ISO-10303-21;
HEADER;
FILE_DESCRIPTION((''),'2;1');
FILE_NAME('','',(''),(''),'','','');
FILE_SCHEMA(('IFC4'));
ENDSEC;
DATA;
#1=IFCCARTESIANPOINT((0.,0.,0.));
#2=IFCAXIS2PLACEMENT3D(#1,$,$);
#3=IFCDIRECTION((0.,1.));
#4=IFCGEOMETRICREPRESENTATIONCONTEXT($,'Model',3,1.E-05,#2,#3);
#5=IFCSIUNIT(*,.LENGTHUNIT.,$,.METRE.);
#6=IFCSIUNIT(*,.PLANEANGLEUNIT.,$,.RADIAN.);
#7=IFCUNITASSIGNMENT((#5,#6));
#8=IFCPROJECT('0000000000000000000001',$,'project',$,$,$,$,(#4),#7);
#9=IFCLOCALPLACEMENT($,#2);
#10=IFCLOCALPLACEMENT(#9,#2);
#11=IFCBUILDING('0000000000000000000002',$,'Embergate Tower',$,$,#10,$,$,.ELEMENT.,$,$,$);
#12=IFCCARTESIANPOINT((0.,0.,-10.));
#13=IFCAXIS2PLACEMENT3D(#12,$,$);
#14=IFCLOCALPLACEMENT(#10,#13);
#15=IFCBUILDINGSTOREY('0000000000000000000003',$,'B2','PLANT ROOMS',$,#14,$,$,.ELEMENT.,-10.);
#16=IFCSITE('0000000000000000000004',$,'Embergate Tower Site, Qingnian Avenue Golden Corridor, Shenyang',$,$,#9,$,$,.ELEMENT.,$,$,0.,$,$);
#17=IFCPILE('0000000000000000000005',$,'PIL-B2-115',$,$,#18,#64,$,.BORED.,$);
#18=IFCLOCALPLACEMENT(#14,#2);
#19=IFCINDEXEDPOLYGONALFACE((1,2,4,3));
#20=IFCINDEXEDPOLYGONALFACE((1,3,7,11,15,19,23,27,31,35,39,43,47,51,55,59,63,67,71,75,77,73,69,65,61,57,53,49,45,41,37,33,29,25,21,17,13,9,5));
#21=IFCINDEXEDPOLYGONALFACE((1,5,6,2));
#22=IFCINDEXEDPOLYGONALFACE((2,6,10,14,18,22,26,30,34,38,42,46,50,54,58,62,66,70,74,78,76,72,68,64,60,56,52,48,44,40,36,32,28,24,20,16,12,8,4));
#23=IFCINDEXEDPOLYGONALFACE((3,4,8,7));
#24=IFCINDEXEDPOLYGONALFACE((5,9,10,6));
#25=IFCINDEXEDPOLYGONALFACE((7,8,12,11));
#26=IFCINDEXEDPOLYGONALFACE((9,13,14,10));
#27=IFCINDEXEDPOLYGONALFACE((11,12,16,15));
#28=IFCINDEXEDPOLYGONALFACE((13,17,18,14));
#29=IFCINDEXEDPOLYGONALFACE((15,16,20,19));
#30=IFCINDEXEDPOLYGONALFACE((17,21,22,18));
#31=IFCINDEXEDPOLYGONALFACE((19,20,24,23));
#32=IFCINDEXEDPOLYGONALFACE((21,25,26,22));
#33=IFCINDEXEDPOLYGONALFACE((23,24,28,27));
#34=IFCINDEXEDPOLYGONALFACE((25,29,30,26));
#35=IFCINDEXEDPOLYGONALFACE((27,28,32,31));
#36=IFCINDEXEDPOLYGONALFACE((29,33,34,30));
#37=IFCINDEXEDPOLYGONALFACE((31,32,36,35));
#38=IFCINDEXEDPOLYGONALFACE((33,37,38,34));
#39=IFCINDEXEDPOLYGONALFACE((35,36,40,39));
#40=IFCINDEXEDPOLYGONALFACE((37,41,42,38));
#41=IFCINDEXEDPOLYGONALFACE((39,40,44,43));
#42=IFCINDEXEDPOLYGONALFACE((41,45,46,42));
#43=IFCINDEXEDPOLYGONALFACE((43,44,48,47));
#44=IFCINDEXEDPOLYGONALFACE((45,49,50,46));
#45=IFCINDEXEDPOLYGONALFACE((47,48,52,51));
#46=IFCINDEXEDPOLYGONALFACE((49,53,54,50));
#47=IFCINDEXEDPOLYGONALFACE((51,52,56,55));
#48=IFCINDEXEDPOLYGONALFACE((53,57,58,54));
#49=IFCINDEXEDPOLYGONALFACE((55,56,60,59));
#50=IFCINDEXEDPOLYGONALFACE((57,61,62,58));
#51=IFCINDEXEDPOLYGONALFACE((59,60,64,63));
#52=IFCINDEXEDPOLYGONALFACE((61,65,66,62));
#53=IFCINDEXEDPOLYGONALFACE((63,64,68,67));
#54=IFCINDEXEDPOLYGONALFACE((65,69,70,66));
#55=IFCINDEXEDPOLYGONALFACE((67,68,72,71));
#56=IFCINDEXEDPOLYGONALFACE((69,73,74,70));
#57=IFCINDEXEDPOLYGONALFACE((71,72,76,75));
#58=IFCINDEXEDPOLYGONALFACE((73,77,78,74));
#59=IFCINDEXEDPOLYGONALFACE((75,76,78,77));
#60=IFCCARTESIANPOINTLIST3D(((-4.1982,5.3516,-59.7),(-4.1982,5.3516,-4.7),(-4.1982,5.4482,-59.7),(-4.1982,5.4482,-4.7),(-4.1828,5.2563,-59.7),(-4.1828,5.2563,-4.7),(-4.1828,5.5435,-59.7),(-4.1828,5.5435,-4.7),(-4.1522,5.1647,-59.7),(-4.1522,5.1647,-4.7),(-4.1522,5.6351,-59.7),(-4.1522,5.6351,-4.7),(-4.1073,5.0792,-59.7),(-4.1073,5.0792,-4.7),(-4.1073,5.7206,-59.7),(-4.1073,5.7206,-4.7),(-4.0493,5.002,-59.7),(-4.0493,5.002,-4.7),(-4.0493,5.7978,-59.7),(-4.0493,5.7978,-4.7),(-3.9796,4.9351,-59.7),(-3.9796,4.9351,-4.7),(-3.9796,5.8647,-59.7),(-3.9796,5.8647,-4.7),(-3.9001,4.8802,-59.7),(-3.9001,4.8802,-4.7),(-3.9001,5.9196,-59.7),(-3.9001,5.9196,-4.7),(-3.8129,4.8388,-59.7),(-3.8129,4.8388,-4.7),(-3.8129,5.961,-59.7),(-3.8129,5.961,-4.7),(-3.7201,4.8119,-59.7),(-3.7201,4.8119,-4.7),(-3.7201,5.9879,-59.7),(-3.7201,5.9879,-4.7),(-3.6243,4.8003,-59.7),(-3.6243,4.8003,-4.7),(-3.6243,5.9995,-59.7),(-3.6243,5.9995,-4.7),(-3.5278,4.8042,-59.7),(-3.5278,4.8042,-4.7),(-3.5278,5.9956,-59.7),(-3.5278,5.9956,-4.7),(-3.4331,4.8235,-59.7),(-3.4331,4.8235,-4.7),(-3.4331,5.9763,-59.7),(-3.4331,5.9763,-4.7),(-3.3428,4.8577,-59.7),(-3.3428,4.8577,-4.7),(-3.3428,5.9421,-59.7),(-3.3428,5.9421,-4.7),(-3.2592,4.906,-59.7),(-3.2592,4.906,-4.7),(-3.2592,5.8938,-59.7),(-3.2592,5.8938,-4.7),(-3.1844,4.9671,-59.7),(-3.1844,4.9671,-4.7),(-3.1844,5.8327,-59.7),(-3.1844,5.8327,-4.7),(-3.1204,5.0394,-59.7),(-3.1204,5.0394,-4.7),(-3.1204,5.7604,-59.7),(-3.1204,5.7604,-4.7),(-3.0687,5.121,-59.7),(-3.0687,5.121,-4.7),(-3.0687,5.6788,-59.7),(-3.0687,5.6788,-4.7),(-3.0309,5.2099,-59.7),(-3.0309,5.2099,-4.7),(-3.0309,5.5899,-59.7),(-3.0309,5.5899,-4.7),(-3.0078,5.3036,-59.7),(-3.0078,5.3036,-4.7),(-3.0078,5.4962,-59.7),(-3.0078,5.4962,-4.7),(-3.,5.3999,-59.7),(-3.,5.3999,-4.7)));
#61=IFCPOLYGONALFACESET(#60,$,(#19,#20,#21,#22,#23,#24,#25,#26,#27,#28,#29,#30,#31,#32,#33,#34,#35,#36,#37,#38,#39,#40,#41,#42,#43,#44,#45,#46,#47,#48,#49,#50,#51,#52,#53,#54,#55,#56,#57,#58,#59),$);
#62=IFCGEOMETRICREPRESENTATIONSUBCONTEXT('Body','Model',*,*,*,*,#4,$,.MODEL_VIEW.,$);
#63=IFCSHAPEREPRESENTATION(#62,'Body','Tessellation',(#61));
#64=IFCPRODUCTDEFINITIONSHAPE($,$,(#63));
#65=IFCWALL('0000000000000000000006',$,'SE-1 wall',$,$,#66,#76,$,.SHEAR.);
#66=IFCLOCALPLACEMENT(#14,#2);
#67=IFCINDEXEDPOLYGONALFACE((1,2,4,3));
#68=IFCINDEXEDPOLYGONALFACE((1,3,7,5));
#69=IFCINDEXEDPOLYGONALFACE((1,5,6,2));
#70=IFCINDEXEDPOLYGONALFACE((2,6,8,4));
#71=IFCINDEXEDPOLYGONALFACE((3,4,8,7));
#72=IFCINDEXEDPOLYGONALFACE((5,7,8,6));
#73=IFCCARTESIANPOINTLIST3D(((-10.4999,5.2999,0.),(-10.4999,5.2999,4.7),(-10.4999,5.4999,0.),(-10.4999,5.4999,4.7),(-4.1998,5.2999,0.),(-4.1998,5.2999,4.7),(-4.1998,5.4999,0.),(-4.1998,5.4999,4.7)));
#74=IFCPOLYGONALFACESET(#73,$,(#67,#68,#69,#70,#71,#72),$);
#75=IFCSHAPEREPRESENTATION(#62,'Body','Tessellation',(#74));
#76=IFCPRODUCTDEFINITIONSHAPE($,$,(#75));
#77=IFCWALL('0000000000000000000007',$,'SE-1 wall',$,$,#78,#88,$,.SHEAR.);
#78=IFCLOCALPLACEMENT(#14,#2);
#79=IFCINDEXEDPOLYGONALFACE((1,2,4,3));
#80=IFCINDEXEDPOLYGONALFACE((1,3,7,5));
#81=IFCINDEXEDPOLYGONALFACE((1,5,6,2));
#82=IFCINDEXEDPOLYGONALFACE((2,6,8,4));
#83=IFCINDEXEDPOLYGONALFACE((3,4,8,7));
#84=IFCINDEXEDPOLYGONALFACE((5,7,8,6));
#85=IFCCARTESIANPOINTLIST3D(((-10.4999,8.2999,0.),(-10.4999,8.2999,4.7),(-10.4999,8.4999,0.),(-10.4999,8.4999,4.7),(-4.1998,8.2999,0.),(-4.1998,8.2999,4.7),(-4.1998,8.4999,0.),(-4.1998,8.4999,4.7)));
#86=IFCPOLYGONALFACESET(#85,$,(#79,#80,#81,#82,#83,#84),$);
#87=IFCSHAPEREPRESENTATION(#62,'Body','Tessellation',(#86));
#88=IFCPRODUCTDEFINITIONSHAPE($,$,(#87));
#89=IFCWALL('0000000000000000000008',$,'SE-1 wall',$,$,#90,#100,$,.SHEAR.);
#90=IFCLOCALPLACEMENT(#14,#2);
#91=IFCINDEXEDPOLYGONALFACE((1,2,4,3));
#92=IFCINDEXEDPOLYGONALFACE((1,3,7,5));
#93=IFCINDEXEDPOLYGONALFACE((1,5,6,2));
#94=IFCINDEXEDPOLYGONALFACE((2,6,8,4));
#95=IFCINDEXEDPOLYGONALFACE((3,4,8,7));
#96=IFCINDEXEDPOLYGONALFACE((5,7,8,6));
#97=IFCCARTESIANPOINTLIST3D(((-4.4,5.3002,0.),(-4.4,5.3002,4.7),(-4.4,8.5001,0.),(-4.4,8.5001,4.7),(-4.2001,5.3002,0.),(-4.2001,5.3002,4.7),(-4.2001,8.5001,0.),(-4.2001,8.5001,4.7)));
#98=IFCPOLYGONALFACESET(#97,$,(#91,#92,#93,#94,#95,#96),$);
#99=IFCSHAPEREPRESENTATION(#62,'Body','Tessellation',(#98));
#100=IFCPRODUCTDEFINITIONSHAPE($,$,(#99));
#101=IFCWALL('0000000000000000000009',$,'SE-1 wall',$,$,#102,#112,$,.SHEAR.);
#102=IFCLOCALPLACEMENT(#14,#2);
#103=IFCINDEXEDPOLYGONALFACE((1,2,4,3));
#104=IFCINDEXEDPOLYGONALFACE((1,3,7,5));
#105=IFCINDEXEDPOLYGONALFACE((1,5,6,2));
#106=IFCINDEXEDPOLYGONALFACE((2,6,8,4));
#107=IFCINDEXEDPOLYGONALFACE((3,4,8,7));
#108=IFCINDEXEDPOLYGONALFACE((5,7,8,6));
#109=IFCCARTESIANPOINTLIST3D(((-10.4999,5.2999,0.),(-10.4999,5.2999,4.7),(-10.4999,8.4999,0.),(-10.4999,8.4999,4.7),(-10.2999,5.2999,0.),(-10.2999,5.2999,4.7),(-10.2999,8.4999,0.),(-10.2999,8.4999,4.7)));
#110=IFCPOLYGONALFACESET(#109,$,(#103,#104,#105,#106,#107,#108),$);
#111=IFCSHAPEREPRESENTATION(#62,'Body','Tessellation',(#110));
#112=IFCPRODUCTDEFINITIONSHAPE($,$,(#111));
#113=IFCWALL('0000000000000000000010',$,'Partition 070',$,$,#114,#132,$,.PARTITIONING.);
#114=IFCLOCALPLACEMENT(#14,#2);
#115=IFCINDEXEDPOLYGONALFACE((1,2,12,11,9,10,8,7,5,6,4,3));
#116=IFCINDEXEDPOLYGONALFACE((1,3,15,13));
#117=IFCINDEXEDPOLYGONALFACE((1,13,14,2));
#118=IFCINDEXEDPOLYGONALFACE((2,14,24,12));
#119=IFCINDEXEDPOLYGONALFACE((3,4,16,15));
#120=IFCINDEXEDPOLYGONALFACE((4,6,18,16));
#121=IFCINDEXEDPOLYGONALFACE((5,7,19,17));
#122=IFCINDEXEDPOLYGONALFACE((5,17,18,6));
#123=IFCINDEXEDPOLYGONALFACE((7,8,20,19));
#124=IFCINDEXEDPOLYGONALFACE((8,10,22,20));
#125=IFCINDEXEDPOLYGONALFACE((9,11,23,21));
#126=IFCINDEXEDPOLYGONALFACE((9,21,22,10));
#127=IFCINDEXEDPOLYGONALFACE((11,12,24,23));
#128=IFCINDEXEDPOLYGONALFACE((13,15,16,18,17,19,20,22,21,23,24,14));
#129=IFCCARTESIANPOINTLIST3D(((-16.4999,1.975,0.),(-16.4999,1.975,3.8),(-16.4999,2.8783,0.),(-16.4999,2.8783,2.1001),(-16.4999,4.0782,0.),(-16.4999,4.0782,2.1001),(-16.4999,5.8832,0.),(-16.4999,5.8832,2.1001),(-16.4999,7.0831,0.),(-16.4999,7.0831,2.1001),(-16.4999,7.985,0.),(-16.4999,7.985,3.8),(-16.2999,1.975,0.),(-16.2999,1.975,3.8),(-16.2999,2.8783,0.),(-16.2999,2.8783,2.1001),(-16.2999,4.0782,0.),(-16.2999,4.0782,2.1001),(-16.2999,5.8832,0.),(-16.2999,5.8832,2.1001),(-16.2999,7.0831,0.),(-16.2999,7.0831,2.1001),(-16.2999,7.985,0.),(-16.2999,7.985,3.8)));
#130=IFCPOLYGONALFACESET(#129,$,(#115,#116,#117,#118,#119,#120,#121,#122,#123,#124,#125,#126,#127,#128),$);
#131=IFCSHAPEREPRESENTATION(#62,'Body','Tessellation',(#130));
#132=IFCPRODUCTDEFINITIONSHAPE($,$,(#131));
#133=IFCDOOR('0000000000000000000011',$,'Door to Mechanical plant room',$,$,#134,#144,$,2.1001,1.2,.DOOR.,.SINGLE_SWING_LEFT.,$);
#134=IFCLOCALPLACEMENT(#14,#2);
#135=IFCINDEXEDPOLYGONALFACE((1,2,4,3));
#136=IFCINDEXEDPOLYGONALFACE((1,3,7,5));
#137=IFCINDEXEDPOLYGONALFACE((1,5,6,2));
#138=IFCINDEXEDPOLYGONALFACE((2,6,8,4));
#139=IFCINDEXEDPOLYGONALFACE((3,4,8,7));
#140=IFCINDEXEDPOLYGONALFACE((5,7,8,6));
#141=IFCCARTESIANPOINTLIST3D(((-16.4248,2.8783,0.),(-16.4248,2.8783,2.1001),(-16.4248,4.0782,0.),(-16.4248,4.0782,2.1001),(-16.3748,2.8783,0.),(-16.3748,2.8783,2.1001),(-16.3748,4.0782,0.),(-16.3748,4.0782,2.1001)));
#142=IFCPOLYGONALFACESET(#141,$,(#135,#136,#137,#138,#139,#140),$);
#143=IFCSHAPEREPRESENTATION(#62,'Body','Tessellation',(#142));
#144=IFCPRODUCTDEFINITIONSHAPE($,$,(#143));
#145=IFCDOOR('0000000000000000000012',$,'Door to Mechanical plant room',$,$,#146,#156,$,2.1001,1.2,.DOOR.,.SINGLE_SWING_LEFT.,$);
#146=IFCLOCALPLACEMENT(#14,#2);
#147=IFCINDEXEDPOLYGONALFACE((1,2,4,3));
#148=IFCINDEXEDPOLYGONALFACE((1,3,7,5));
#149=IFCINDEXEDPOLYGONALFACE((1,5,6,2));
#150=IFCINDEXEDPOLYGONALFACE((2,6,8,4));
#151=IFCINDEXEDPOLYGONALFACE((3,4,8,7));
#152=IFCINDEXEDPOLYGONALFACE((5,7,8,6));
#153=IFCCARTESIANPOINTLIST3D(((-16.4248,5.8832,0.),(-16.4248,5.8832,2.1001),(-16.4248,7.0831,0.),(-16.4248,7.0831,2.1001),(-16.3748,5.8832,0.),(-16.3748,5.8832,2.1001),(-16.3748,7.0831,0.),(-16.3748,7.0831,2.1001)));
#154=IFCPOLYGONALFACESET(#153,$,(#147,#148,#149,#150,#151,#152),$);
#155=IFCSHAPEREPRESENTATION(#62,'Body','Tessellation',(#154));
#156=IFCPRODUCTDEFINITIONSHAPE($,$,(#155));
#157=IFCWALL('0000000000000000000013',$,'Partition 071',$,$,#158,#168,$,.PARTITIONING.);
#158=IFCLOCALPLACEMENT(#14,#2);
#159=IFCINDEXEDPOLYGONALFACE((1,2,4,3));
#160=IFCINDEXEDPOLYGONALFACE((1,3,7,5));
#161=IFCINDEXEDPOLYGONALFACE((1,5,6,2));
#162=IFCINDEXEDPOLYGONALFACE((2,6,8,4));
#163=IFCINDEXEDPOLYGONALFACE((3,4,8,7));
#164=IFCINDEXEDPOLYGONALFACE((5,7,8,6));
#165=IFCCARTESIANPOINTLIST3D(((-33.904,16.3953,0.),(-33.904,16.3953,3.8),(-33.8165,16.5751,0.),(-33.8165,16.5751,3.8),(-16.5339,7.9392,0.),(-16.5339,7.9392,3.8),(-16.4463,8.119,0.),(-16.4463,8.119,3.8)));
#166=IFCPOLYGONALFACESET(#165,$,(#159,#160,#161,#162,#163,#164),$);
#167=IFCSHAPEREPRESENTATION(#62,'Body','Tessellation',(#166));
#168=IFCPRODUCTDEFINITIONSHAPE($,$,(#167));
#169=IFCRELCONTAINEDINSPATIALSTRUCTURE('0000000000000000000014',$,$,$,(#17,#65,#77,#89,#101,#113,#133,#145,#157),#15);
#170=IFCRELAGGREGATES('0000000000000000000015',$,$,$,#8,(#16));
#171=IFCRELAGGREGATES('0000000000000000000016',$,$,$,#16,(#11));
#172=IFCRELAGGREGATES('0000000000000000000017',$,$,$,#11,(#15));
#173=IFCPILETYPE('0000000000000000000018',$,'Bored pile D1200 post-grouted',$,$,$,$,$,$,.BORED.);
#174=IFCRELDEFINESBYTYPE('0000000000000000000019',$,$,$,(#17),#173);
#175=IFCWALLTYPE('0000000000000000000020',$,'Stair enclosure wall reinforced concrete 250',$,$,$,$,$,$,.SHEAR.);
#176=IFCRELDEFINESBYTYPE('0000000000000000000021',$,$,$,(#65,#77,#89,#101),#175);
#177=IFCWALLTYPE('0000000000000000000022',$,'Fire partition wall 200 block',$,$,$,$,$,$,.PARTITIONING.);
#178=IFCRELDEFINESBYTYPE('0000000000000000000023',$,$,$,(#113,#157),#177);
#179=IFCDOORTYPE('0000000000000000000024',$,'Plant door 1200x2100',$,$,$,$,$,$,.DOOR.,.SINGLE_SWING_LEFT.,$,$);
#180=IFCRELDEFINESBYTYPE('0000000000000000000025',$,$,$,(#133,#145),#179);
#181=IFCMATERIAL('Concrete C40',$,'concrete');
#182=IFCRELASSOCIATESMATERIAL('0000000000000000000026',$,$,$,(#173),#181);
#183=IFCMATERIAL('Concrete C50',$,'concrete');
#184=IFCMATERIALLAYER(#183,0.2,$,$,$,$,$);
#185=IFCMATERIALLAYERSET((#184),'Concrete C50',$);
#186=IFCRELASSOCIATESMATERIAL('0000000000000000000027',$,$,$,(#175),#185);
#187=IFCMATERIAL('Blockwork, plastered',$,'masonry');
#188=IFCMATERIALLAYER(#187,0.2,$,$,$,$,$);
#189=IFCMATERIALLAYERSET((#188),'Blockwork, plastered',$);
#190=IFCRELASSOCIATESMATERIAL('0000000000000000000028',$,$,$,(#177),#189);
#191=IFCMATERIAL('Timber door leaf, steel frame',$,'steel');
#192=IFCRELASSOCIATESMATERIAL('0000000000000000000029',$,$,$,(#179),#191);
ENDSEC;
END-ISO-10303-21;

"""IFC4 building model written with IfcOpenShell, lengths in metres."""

from ifc_helpers import new_model, si_unit, direction, frame, frame_2d, origin, origin_2d, place, context, subcontext, project, spatial, rectangle, circle, extrude, source, transform, mapped, material, layer, layer_set, material_profile, profile_set, type_object, element, fill, save


model = new_model("IFC4")

# Units and contexts
model_context = context("Model", 3, precision=1e-05, world=origin(), true_north=direction((0.0, 1.0)))
body_context = subcontext(model_context, "Body", "Model", "MODEL_VIEW")
ifc_project = project(units=[si_unit("LENGTHUNIT", "METRE"), si_unit("PLANEANGLEUNIT", "RADIAN")], contexts=[model_context])

# Site, building, storey
site_placement = place(None, origin())
site = spatial("IfcSite", under=ifc_project, at=site_placement, Name="Embergate Tower Site, Qingnian Avenue Golden Corridor, Shenyang", CompositionType="ELEMENT", RefElevation=0.0)
building_placement = place(site_placement, origin())
building = spatial("IfcBuilding", under=site, at=building_placement, Name="Embergate Tower", CompositionType="ELEMENT")
storey_placement = place(building_placement, frame((0.0, 0.0, -10.0)))
storey = spatial("IfcBuildingStorey", under=building, at=storey_placement, Name="B2", Description="PLANT ROOMS", CompositionType="ELEMENT", Elevation=-10.0)

# Pile
ifc_material_1 = material(Name="Concrete C40", Category="concrete")
ifc_material_profile = material_profile(ifc_material_1, circle(Radius=0.6001, at=origin_2d()), Name="D1200")
ifc_profile_set = profile_set([ifc_material_profile], Name="Concrete C40")
pile_type = type_object("IfcPileType", Name="Bored pile D1200 post-grouted", PredefinedType="BORED", material=ifc_profile_set)
shared_shape_1 = source(origin(), body_context, "Body", "SweptSolid", [
    extrude(circle(Radius=0.6001, at=origin_2d()), origin(), (0.0, 0.0, 1.0), 55.0),
])
for number, where, z_axis, x_axis, name in (
    (1, (-3.6001, 5.3999, -4.7), (0.0, 0.0, -1.0), (1.0, 0.0, 0.0), "PIL-B2-115"),
):
    element("IfcPile", number, at=place(storey_placement, frame(where, z_axis=z_axis, x_axis=x_axis)), inside=storey, type_object=pile_type, Name=name, PredefinedType="BORED", context=body_context, shape_type="MappedRepresentation", body=[
        mapped(shared_shape_1, transform((0.0, 0.0, 0.0))),
    ])

# Walls
ifc_material_2 = material(Name="Concrete C50", Category="concrete")
ifc_layer_1 = layer(ifc_material_2, 0.2)
ifc_layer_set_1 = layer_set([ifc_layer_1], Name="Concrete C50")
wall_type_1 = type_object("IfcWallType", Name="Stair enclosure wall reinforced concrete 250", PredefinedType="SHEAR", material=ifc_layer_set_1)
shared_shape_2 = source(origin(), body_context, "Body", "SweptSolid", [
    extrude(rectangle(XDim=6.3, YDim=0.2, at=frame_2d((3.1499, 0.0))), origin(), (0.0, 0.0, 1.0), 4.7),
])
for number, where, z_axis, x_axis, name in (
    (2, (-4.2, 5.3999, 0.0), (0.0, 0.0, 1.0), (-1.0, 0.0, 0.0), "SE-1 wall"),
    (3, (-4.2, 8.3999, 0.0), (0.0, 0.0, 1.0), (-1.0, 0.0, 0.0), "SE-1 wall"),
):
    element("IfcWall", number, at=place(storey_placement, frame(where, z_axis=z_axis, x_axis=x_axis)), inside=storey, type_object=wall_type_1, Name=name, PredefinedType="SHEAR", context=body_context, shape_type="MappedRepresentation", body=[
        mapped(shared_shape_2, transform((0.0, 0.0, 0.0))),
    ])
shared_shape_3 = source(origin(), body_context, "Body", "SweptSolid", [
    extrude(rectangle(XDim=3.2, YDim=0.2, at=frame_2d((1.6001, 0.0))), origin(), (0.0, 0.0, 1.0), 4.7),
])
for number, where, z_axis, x_axis, name in (
    (4, (-4.3, 5.3, 0.0), (0.0, 0.0, 1.0), (0.0, 1.0, 0.0), "SE-1 wall"),
    (5, (-10.3999, 8.5, 0.0), (0.0, 0.0, 1.0), (0.0, -1.0, 0.0), "SE-1 wall"),
):
    element("IfcWall", number, at=place(storey_placement, frame(where, z_axis=z_axis, x_axis=x_axis)), inside=storey, type_object=wall_type_1, Name=name, PredefinedType="SHEAR", context=body_context, shape_type="MappedRepresentation", body=[
        mapped(shared_shape_3, transform((0.0, 0.0, 0.0))),
    ])

# Wall, openings, doors
ifc_material_3 = material(Name="Blockwork, plastered", Category="masonry")
ifc_layer_2 = layer(ifc_material_3, 0.2)
ifc_layer_set_2 = layer_set([ifc_layer_2], Name="Blockwork, plastered")
wall_type_2 = type_object("IfcWallType", Name="Fire partition wall 200 block", PredefinedType="PARTITIONING", material=ifc_layer_set_2)
shared_shape_4 = source(origin(), body_context, "Body", "SweptSolid", [
    extrude(rectangle(XDim=6.01, YDim=0.2, at=frame_2d((3.0049, 0.0))), origin(), (0.0, 0.0, 1.0), 3.8),
])
wall_1_placement = place(storey_placement, frame((-16.3999, 1.9751, 0.0), z_axis=(0.0, 0.0, 1.0), x_axis=(0.0, 1.0, 0.0)))
wall_1 = element("IfcWall", 6, at=wall_1_placement, inside=storey, type_object=wall_type_2, Name="Partition 070", PredefinedType="PARTITIONING", context=body_context, shape_type="MappedRepresentation", body=[
    mapped(shared_shape_4, transform((0.0, 0.0, 0.0))),
])
shared_shape_5 = source(origin(), body_context, "Body", "SweptSolid", [
    extrude(rectangle(XDim=1.2, YDim=2.1001, at=frame_2d((0.6001, 1.05))), frame((0.0, 0.1099, 0.0), z_axis=(0.0, -1.0, 0.0), x_axis=(1.0, 0.0, 0.0)), (0.0, 0.0, 1.0), 0.22),
])
opening_1_placement = place(wall_1_placement, frame((0.9031, 0.0, 0.0)))
opening_1 = element("IfcOpeningElement", 7, at=opening_1_placement, cuts=wall_1, PredefinedType="OPENING", context=body_context, shape_type="MappedRepresentation", body=[
    mapped(shared_shape_5, transform((0.0, 0.0, 0.0))),
])
opening_2_placement = place(wall_1_placement, frame((3.908, 0.0, 0.0)))
opening_2 = element("IfcOpeningElement", 8, at=opening_2_placement, cuts=wall_1, PredefinedType="OPENING", context=body_context, shape_type="MappedRepresentation", body=[
    mapped(shared_shape_5, transform((0.0, 0.0, 0.0))),
])
ifc_material_4 = material(Name="Timber door leaf, steel frame", Category="steel")
door_type = type_object("IfcDoorType", Name="Plant door 1200x2100", OperationType="SINGLE_SWING_LEFT", PredefinedType="DOOR", material=ifc_material_4)
shared_shape_6 = source(origin(), body_context, "Body", "SweptSolid", [
    extrude(rectangle(XDim=1.2, YDim=2.1001, at=frame_2d((0.6001, 1.05))), frame((0.0, 0.0249, 0.0), z_axis=(0.0, -1.0, 0.0), x_axis=(1.0, 0.0, 0.0)), (0.0, 0.0, 1.0), 0.05),
])
door_1_placement = place(opening_1_placement, origin())
door_1 = element("IfcDoor", 9, at=door_1_placement, inside=storey, type_object=door_type, Name="Door to Mechanical plant room", OperationType="SINGLE_SWING_LEFT", OverallHeight=2.1001, OverallWidth=1.2, PredefinedType="DOOR", context=body_context, shape_type="MappedRepresentation", body=[
    mapped(shared_shape_6, transform((0.0, 0.0, 0.0))),
])
fill(opening_1, door_1)
door_2_placement = place(opening_2_placement, origin())
door_2 = element("IfcDoor", 10, at=door_2_placement, inside=storey, type_object=door_type, Name="Door to Mechanical plant room", OperationType="SINGLE_SWING_LEFT", OverallHeight=2.1001, OverallWidth=1.2, PredefinedType="DOOR", context=body_context, shape_type="MappedRepresentation", body=[
    mapped(shared_shape_6, transform((0.0, 0.0, 0.0))),
])
fill(opening_2, door_2)

# Wall
shared_shape_7 = source(origin(), body_context, "Body", "SweptSolid", [
    extrude(rectangle(XDim=19.3191, YDim=0.2, at=frame_2d((9.6597, 0.0))), origin(), (0.0, 0.0, 1.0), 3.8),
])
wall_2_placement = place(storey_placement, frame((-16.49, 8.0291, 0.0), z_axis=(0.0, 0.0, 1.0), x_axis=(-0.899118, 0.437705, 0.0)))
element("IfcWall", 11, at=wall_2_placement, inside=storey, type_object=wall_type_2, Name="Partition 071", PredefinedType="PARTITIONING", context=body_context, shape_type="MappedRepresentation", body=[
    mapped(shared_shape_7, transform((0.0, 0.0, 0.0))),
])

save(model, "model.ifc")
